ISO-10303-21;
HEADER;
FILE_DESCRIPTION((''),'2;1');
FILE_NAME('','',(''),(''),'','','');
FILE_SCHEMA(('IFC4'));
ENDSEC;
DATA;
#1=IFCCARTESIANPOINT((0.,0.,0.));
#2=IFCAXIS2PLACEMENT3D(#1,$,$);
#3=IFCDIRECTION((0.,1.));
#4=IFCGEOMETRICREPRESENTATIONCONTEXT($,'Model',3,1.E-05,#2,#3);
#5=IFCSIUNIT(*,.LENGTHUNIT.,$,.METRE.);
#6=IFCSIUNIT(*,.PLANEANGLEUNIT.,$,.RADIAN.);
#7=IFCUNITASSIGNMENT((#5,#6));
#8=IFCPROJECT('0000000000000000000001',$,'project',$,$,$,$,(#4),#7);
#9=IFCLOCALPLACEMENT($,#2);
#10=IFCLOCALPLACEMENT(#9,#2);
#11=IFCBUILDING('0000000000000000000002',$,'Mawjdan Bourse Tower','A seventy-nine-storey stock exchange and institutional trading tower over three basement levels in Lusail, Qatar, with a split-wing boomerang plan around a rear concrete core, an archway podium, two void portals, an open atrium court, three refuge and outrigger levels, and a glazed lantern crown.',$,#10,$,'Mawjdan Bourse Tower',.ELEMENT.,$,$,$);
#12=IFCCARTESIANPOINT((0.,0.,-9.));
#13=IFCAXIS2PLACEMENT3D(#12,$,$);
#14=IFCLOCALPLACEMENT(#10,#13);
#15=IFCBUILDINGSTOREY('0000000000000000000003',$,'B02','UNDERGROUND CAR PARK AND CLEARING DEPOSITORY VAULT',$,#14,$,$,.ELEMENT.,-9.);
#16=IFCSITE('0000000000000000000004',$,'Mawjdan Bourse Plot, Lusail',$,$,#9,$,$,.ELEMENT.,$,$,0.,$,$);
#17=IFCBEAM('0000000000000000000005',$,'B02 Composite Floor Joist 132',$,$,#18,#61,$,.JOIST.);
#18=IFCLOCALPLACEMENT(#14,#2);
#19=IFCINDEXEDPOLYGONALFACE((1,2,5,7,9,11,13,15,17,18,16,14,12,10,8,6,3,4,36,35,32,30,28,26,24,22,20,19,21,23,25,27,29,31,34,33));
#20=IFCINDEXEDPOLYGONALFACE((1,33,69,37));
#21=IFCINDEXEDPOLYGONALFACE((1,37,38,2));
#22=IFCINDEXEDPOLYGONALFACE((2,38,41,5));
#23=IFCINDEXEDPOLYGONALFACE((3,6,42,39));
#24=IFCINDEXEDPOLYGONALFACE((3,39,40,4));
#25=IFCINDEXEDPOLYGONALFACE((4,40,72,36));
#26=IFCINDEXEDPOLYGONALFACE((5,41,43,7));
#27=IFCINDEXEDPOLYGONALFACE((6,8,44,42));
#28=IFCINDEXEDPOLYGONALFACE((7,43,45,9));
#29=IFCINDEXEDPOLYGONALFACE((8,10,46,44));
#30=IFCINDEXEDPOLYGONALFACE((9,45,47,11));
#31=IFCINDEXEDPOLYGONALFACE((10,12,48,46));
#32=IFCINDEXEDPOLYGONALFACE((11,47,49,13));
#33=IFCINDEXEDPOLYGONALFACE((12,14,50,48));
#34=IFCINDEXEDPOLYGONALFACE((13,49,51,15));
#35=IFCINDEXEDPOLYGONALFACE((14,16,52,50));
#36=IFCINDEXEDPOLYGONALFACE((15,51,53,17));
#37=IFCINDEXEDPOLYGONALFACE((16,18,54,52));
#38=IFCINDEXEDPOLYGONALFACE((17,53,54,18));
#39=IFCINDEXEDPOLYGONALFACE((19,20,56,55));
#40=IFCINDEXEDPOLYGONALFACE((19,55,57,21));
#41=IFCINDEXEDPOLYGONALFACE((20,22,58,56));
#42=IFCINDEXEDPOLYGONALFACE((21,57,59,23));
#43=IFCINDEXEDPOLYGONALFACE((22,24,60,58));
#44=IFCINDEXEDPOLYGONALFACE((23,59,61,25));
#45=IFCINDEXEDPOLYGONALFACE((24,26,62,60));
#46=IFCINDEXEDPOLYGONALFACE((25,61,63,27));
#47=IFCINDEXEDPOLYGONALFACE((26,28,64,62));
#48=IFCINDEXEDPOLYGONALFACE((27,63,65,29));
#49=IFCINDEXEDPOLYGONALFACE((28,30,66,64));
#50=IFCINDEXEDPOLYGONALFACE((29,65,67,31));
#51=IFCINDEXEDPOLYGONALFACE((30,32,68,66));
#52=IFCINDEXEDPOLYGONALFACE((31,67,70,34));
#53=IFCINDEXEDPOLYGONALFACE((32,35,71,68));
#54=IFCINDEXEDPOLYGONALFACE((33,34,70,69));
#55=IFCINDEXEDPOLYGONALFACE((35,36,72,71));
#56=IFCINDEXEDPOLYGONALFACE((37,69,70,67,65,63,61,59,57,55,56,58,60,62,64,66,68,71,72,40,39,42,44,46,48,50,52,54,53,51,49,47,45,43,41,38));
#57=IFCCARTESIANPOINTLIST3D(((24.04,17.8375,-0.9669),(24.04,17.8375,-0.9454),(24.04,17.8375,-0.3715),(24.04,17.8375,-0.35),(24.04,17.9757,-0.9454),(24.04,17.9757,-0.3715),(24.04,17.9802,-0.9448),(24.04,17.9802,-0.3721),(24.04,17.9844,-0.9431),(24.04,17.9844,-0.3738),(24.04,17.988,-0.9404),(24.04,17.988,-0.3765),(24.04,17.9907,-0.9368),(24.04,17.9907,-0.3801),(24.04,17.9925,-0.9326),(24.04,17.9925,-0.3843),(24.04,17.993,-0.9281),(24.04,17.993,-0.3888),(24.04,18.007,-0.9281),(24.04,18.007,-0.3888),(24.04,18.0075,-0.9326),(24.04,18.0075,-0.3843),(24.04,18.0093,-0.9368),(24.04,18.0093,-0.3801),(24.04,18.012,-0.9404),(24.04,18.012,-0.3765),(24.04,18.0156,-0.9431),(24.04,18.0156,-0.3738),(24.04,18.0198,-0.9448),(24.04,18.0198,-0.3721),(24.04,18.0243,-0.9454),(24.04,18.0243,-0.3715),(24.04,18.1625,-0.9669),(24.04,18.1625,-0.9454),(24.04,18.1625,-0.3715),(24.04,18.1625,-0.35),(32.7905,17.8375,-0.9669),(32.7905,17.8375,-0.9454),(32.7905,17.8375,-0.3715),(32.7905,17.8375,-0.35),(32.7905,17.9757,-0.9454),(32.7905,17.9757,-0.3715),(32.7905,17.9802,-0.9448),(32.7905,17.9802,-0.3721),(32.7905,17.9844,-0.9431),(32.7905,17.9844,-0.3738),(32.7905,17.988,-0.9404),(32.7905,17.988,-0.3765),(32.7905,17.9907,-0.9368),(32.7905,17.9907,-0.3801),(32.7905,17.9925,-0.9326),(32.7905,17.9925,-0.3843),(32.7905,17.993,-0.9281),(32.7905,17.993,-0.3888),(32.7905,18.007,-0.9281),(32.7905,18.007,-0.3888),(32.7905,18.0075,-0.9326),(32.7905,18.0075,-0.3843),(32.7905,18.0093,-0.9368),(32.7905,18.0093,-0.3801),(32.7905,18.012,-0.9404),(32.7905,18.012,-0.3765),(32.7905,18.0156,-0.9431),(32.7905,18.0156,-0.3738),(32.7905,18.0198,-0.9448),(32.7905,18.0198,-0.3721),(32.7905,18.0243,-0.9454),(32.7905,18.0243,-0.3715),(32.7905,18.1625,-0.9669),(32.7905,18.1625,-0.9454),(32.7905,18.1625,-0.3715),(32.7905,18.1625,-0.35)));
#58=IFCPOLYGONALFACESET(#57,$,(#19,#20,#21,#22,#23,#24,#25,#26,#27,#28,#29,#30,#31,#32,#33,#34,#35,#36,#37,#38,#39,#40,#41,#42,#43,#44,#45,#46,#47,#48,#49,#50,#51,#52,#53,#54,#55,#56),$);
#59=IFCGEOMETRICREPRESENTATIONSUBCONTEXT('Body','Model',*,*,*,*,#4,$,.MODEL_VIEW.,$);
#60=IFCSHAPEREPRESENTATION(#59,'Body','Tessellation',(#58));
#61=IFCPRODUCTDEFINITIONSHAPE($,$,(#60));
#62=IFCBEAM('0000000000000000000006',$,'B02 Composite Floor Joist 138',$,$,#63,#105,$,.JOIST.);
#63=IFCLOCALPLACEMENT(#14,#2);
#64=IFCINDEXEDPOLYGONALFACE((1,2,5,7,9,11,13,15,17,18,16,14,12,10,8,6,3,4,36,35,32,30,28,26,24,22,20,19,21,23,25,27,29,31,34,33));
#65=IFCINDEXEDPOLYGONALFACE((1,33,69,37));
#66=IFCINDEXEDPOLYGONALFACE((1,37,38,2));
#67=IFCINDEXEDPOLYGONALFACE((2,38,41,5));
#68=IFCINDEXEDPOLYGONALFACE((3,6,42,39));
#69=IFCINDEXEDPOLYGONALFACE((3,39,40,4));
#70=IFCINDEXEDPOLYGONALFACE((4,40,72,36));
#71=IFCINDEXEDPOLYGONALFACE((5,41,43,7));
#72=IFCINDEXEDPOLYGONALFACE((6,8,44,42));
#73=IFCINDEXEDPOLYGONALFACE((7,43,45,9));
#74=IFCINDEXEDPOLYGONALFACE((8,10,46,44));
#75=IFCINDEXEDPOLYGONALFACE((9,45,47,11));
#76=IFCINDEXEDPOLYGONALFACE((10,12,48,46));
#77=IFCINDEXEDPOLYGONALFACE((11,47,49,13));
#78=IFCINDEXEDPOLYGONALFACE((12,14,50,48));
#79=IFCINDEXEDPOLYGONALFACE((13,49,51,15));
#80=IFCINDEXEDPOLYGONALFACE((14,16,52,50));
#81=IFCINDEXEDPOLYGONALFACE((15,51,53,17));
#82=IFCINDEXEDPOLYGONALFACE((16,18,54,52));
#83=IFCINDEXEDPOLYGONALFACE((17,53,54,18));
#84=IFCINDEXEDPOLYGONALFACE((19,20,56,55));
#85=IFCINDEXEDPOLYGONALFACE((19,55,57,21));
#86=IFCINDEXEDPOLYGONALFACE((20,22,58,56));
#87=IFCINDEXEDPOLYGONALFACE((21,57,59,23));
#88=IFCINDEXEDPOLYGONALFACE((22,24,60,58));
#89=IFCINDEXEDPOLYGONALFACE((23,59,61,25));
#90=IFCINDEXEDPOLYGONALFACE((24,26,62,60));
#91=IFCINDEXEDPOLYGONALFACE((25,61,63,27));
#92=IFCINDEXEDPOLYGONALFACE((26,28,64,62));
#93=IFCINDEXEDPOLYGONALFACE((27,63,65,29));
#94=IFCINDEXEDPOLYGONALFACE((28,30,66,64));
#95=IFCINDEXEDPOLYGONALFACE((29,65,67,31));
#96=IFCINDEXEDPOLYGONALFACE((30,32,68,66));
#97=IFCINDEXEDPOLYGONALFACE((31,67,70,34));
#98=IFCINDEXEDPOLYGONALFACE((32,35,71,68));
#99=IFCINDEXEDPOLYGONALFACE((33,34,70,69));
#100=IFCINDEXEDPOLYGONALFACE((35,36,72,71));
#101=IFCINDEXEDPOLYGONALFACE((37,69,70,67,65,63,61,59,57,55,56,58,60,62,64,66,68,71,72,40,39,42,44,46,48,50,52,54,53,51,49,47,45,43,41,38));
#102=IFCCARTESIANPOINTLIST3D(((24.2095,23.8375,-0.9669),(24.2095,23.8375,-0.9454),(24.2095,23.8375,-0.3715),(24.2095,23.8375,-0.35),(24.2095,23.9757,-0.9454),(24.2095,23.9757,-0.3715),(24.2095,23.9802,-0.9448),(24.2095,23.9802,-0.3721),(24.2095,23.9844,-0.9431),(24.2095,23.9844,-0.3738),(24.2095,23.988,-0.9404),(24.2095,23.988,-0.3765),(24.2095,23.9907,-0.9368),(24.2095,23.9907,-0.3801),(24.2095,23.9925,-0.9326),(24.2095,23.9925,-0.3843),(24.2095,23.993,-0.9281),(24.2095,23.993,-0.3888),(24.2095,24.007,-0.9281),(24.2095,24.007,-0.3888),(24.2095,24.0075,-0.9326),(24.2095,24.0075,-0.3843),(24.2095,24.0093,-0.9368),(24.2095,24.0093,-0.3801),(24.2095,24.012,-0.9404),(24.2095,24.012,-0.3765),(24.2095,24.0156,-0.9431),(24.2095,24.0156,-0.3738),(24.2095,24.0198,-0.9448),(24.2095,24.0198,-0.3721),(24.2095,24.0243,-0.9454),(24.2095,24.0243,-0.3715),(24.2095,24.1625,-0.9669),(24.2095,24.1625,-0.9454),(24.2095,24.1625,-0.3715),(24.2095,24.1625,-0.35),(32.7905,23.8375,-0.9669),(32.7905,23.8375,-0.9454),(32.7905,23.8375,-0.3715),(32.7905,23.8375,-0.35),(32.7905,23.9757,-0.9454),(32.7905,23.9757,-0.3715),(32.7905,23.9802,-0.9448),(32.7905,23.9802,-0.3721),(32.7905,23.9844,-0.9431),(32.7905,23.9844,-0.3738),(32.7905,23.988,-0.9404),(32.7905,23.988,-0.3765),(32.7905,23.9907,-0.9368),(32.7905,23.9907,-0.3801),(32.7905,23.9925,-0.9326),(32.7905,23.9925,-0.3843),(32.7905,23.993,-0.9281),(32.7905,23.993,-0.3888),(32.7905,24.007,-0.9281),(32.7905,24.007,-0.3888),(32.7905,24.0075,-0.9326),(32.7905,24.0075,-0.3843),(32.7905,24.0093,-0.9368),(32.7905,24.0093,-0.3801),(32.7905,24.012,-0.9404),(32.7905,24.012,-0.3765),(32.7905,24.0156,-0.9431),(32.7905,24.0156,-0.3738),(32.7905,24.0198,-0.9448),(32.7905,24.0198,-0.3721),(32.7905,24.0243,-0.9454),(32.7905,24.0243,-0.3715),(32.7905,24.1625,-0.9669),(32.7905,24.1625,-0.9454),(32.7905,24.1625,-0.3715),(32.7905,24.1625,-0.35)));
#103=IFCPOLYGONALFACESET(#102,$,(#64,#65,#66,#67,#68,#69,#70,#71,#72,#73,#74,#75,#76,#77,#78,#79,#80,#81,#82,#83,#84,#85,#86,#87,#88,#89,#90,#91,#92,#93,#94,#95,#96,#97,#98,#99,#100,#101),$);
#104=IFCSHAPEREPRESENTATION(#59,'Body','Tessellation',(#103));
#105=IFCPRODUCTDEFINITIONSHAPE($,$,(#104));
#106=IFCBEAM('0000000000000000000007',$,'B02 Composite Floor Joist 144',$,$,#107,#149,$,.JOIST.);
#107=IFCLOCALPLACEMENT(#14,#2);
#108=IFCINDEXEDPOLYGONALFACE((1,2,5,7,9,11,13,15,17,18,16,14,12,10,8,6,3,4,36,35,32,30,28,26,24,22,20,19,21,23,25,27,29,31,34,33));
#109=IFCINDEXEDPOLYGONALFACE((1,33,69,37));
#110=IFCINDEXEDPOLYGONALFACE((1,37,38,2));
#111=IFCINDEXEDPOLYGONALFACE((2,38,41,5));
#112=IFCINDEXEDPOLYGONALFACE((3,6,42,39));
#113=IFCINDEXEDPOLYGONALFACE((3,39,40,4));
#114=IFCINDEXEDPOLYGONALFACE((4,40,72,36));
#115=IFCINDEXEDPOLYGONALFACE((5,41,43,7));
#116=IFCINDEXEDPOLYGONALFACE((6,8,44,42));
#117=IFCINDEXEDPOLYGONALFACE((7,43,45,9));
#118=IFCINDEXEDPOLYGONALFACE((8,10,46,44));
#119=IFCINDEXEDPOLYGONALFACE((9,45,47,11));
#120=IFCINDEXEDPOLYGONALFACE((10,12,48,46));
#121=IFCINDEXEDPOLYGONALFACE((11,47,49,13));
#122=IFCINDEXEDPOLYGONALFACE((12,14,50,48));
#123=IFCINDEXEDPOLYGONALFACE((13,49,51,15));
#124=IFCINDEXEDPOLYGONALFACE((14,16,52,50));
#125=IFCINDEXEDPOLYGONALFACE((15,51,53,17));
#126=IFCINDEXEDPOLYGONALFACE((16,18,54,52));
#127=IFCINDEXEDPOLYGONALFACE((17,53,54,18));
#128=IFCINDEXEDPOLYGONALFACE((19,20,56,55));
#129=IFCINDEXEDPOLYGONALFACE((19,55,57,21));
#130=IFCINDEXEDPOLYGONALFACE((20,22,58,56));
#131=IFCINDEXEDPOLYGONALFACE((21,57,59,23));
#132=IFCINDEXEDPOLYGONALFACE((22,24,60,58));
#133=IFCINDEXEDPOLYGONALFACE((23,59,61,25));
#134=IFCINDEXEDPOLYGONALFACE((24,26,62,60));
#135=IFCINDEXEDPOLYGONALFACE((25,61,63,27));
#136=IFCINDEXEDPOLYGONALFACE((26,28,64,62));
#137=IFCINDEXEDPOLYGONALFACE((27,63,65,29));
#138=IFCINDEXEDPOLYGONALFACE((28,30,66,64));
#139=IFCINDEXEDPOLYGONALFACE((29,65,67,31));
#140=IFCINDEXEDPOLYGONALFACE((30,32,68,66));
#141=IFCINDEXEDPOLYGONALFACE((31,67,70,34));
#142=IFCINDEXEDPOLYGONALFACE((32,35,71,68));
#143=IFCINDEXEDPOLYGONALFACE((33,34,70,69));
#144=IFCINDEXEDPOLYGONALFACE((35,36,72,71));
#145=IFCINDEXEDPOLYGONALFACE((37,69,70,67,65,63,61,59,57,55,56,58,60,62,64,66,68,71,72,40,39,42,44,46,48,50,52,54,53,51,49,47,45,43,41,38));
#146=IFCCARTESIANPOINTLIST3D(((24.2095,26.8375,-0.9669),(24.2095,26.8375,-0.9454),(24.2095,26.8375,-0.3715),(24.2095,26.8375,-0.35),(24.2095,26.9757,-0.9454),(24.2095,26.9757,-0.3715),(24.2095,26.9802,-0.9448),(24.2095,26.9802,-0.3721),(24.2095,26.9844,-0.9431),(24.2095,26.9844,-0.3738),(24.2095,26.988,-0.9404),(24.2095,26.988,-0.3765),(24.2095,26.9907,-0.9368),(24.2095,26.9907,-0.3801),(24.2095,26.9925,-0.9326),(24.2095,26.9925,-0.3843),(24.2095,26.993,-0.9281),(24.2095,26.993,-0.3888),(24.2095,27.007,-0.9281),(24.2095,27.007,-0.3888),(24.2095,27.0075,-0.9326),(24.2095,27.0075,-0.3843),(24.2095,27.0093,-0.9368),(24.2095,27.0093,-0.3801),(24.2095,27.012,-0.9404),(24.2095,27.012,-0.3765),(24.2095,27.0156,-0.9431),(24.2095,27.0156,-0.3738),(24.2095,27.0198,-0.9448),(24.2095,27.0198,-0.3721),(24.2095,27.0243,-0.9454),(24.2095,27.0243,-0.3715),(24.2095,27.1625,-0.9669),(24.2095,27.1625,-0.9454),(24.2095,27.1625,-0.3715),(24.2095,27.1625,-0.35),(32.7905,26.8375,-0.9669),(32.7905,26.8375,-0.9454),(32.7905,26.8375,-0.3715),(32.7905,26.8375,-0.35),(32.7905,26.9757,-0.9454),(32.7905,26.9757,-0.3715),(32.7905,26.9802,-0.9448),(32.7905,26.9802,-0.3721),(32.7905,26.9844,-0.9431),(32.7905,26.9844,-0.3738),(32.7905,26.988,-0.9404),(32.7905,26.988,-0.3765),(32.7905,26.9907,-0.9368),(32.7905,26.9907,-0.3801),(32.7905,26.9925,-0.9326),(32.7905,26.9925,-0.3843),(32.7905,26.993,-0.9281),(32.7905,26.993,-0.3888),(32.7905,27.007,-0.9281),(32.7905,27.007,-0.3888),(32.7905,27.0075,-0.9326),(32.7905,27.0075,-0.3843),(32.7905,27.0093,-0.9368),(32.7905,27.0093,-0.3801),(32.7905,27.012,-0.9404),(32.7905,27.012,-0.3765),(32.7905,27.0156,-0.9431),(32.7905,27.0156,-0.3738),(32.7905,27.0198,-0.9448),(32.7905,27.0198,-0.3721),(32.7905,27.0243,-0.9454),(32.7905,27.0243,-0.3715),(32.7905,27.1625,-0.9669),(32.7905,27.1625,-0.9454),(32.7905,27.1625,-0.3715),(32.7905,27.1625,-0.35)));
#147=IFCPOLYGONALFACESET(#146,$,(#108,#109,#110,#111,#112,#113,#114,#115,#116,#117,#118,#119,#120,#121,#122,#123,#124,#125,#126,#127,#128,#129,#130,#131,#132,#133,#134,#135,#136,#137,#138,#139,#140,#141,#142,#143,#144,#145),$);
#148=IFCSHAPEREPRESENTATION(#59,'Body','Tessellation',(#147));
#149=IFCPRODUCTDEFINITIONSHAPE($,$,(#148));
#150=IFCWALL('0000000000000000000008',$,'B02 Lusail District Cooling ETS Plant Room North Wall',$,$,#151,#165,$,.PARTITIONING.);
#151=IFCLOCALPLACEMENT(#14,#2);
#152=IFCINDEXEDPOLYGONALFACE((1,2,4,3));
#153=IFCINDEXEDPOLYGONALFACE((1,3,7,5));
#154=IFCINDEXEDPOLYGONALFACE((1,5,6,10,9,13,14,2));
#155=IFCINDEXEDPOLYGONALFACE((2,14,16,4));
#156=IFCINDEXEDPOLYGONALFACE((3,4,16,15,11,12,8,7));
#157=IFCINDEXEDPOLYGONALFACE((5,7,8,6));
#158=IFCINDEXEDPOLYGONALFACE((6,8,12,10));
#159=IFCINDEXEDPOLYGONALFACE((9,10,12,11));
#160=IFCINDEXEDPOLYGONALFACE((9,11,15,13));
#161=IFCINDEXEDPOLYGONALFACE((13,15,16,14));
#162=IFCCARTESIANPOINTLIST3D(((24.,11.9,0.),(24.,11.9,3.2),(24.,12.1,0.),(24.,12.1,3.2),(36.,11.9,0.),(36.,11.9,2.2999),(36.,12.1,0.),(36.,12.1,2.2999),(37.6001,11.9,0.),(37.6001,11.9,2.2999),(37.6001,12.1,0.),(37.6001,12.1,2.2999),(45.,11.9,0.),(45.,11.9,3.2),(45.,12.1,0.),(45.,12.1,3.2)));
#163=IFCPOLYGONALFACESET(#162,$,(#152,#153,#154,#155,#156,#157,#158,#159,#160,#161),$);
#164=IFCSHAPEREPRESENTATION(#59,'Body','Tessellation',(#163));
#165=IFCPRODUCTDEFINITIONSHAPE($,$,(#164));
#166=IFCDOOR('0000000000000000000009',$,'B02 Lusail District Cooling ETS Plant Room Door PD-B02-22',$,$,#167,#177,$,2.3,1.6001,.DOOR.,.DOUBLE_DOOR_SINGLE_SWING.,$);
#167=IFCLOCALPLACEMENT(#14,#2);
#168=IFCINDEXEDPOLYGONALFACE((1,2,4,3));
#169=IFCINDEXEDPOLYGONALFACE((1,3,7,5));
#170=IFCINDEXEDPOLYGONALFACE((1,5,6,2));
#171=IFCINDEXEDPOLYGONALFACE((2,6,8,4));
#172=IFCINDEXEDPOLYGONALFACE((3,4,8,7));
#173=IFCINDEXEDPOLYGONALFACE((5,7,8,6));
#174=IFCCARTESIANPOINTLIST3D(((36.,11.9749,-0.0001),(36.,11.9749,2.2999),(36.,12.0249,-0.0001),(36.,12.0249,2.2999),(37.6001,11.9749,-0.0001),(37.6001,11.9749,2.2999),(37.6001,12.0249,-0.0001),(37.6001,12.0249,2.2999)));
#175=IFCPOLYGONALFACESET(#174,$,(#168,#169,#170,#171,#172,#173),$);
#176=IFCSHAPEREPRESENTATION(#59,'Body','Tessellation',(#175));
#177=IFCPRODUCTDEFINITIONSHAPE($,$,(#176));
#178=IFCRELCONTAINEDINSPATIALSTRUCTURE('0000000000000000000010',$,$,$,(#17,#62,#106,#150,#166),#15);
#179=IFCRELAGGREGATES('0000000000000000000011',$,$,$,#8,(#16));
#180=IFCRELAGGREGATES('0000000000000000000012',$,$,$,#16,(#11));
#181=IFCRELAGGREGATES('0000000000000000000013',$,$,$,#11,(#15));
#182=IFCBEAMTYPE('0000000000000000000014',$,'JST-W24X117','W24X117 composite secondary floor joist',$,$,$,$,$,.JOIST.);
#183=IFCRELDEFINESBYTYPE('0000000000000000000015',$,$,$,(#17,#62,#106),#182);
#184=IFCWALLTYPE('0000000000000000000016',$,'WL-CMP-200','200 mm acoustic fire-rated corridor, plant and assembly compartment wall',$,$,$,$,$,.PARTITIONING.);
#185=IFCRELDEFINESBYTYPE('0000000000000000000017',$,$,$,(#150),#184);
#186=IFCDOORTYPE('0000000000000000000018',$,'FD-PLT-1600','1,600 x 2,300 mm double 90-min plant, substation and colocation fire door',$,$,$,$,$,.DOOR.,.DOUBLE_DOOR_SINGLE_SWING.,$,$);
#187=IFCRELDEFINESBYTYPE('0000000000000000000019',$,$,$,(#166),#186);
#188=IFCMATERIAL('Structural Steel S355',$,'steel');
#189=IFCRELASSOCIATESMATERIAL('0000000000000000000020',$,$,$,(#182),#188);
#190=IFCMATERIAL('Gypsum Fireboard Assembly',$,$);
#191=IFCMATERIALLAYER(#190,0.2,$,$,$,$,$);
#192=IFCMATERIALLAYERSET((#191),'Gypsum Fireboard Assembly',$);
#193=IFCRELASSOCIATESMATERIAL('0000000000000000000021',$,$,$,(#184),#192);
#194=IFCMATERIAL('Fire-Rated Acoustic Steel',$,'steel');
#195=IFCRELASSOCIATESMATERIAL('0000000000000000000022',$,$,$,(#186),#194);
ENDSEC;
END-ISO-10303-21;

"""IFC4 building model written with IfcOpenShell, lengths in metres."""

from ifc_helpers import new_model, si_unit, direction, frame, frame_2d, origin, origin_2d, place, context, subcontext, project, spatial, rectangle, i_section, extrude, material, layer, layer_set, material_profile, profile_set, type_object, element, fill, save


model = new_model("IFC4")

# Units and contexts
model_context = context("Model", 3, precision=1e-05, world=origin(), true_north=direction((0.0, 1.0)))
body_context = subcontext(model_context, "Body", "Model", "MODEL_VIEW")
ifc_project = project(units=[si_unit("LENGTHUNIT", "METRE"), si_unit("PLANEANGLEUNIT", "RADIAN")], contexts=[model_context])

# Site, building, storey
site_placement = place(None, origin())
site = spatial("IfcSite", under=ifc_project, at=site_placement, Name="Mawjdan Bourse Plot, Lusail", CompositionType="ELEMENT", RefElevation=0.0)
building_placement = place(site_placement, origin())
building = spatial("IfcBuilding", under=site, at=building_placement, Name="Mawjdan Bourse Tower", Description="A seventy-nine-storey stock exchange and institutional trading tower over three basement levels in Lusail, Qatar, with a split-wing boomerang plan around a rear concrete core, an archway podium, two void portals, an open atrium court, three refuge and outrigger levels, and a glazed lantern crown.", LongName="Mawjdan Bourse Tower", CompositionType="ELEMENT")
storey_placement = place(building_placement, frame((0.0, 0.0, -9.0)))
storey = spatial("IfcBuildingStorey", under=building, at=storey_placement, Name="B02", Description="UNDERGROUND CAR PARK AND CLEARING DEPOSITORY VAULT", CompositionType="ELEMENT", Elevation=-9.0)

# Beams
ifc_material_1 = material(Name="Structural Steel S355", Category="steel")
ifc_material_profile_1 = material_profile(ifc_material_1, i_section(OverallWidth=0.325, OverallDepth=0.6169, WebThickness=0.0139, FlangeThickness=0.0215, FilletRadius=0.0173, at=origin_2d()), Name="W24X117")
ifc_profile_set_1 = profile_set([ifc_material_profile_1], Name="Structural Steel S355")
beam_type_1 = type_object("IfcBeamType", Name="JST-W24X117", Description="W24X117 composite secondary floor joist", PredefinedType="JOIST", material=ifc_profile_set_1)
beam_1_placement = place(storey_placement, frame((24.04, 18.0, -0.6584), z_axis=(1.0, 0.0, 0.0), x_axis=(0.0, 1.0, 0.0)))
element("IfcBeam", 1, at=beam_1_placement, inside=storey, type_object=beam_type_1, Name="B02 Composite Floor Joist 132", PredefinedType="JOIST", context=body_context, shape_type="SweptSolid", body=[
    extrude(i_section(OverallWidth=0.325, OverallDepth=0.6169, WebThickness=0.0139, FlangeThickness=0.0215, FilletRadius=0.0173, at=origin_2d()), origin(), (0.0, 0.0, 1.0), 8.7505),
])
for number, where, z_axis, x_axis, name in (
    (2, (24.2095, 24.0, -0.6584), (1.0, 0.0, 0.0), (0.0, 1.0, 0.0), "B02 Composite Floor Joist 138"),
    (3, (24.2095, 27.0, -0.6584), (1.0, 0.0, 0.0), (0.0, 1.0, 0.0), "B02 Composite Floor Joist 144"),
):
    element("IfcBeam", number, at=place(storey_placement, frame(where, z_axis=z_axis, x_axis=x_axis)), inside=storey, type_object=beam_type_1, Name=name, PredefinedType="JOIST", context=body_context, shape_type="SweptSolid", body=[
        extrude(i_section(OverallWidth=0.325, OverallDepth=0.6169, WebThickness=0.0139, FlangeThickness=0.0215, FilletRadius=0.0173, at=origin_2d()), origin(), (0.0, 0.0, 1.0), 8.5811),
    ])

# Wall, opening, door
ifc_material_2 = material(Name="Gypsum Fireboard Assembly")
ifc_layer = layer(ifc_material_2, 0.2)
ifc_layer_set = layer_set([ifc_layer], Name="Gypsum Fireboard Assembly")
wall_type = type_object("IfcWallType", Name="WL-CMP-200", Description="200 mm acoustic fire-rated corridor, plant and assembly compartment wall", PredefinedType="PARTITIONING", material=ifc_layer_set)
wall_placement = place(storey_placement, frame((24.0, 12.0, 0.0), z_axis=(0.0, 0.0, 1.0), x_axis=(1.0, 0.0, 0.0)))
wall = element("IfcWall", 4, at=wall_placement, inside=storey, type_object=wall_type, Name="B02 Lusail District Cooling ETS Plant Room North Wall", PredefinedType="PARTITIONING", context=body_context, shape_type="SweptSolid", body=[
    extrude(rectangle(XDim=21.0, YDim=0.2, at=frame_2d((10.5, 0.0))), origin(), (0.0, 0.0, 1.0), 3.2),
])
opening_placement = place(wall_placement, frame((12.0, 0.0, 0.0)))
opening = element("IfcOpeningElement", 5, at=opening_placement, cuts=wall, PredefinedType="OPENING", context=body_context, shape_type="SweptSolid", body=[
    extrude(rectangle(XDim=1.6001, YDim=2.3, at=frame_2d((0.8, 1.1499))), frame((0.0, 0.1099, 0.0), z_axis=(0.0, -1.0, 0.0), x_axis=(1.0, 0.0, 0.0)), (0.0, 0.0, 1.0), 0.22),
])
ifc_material_3 = material(Name="Fire-Rated Acoustic Steel", Category="steel")
door_type = type_object("IfcDoorType", Name="FD-PLT-1600", Description="1,600 x 2,300 mm double 90-min plant, substation and colocation fire door", OperationType="DOUBLE_DOOR_SINGLE_SWING", PredefinedType="DOOR", material=ifc_material_3)
door_placement = place(opening_placement, origin())
door = element("IfcDoor", 6, at=door_placement, inside=storey, type_object=door_type, Name="B02 Lusail District Cooling ETS Plant Room Door PD-B02-22", OperationType="DOUBLE_DOOR_SINGLE_SWING", OverallHeight=2.3, OverallWidth=1.6001, PredefinedType="DOOR", context=body_context, shape_type="SweptSolid", body=[
    extrude(rectangle(XDim=1.6001, YDim=2.3, at=frame_2d((0.8, 1.1499))), frame((0.0, 0.0249, 0.0), z_axis=(0.0, -1.0, 0.0), x_axis=(1.0, 0.0, 0.0)), (0.0, 0.0, 1.0), 0.05),
])
fill(opening, door)

save(model, "model.ifc")
